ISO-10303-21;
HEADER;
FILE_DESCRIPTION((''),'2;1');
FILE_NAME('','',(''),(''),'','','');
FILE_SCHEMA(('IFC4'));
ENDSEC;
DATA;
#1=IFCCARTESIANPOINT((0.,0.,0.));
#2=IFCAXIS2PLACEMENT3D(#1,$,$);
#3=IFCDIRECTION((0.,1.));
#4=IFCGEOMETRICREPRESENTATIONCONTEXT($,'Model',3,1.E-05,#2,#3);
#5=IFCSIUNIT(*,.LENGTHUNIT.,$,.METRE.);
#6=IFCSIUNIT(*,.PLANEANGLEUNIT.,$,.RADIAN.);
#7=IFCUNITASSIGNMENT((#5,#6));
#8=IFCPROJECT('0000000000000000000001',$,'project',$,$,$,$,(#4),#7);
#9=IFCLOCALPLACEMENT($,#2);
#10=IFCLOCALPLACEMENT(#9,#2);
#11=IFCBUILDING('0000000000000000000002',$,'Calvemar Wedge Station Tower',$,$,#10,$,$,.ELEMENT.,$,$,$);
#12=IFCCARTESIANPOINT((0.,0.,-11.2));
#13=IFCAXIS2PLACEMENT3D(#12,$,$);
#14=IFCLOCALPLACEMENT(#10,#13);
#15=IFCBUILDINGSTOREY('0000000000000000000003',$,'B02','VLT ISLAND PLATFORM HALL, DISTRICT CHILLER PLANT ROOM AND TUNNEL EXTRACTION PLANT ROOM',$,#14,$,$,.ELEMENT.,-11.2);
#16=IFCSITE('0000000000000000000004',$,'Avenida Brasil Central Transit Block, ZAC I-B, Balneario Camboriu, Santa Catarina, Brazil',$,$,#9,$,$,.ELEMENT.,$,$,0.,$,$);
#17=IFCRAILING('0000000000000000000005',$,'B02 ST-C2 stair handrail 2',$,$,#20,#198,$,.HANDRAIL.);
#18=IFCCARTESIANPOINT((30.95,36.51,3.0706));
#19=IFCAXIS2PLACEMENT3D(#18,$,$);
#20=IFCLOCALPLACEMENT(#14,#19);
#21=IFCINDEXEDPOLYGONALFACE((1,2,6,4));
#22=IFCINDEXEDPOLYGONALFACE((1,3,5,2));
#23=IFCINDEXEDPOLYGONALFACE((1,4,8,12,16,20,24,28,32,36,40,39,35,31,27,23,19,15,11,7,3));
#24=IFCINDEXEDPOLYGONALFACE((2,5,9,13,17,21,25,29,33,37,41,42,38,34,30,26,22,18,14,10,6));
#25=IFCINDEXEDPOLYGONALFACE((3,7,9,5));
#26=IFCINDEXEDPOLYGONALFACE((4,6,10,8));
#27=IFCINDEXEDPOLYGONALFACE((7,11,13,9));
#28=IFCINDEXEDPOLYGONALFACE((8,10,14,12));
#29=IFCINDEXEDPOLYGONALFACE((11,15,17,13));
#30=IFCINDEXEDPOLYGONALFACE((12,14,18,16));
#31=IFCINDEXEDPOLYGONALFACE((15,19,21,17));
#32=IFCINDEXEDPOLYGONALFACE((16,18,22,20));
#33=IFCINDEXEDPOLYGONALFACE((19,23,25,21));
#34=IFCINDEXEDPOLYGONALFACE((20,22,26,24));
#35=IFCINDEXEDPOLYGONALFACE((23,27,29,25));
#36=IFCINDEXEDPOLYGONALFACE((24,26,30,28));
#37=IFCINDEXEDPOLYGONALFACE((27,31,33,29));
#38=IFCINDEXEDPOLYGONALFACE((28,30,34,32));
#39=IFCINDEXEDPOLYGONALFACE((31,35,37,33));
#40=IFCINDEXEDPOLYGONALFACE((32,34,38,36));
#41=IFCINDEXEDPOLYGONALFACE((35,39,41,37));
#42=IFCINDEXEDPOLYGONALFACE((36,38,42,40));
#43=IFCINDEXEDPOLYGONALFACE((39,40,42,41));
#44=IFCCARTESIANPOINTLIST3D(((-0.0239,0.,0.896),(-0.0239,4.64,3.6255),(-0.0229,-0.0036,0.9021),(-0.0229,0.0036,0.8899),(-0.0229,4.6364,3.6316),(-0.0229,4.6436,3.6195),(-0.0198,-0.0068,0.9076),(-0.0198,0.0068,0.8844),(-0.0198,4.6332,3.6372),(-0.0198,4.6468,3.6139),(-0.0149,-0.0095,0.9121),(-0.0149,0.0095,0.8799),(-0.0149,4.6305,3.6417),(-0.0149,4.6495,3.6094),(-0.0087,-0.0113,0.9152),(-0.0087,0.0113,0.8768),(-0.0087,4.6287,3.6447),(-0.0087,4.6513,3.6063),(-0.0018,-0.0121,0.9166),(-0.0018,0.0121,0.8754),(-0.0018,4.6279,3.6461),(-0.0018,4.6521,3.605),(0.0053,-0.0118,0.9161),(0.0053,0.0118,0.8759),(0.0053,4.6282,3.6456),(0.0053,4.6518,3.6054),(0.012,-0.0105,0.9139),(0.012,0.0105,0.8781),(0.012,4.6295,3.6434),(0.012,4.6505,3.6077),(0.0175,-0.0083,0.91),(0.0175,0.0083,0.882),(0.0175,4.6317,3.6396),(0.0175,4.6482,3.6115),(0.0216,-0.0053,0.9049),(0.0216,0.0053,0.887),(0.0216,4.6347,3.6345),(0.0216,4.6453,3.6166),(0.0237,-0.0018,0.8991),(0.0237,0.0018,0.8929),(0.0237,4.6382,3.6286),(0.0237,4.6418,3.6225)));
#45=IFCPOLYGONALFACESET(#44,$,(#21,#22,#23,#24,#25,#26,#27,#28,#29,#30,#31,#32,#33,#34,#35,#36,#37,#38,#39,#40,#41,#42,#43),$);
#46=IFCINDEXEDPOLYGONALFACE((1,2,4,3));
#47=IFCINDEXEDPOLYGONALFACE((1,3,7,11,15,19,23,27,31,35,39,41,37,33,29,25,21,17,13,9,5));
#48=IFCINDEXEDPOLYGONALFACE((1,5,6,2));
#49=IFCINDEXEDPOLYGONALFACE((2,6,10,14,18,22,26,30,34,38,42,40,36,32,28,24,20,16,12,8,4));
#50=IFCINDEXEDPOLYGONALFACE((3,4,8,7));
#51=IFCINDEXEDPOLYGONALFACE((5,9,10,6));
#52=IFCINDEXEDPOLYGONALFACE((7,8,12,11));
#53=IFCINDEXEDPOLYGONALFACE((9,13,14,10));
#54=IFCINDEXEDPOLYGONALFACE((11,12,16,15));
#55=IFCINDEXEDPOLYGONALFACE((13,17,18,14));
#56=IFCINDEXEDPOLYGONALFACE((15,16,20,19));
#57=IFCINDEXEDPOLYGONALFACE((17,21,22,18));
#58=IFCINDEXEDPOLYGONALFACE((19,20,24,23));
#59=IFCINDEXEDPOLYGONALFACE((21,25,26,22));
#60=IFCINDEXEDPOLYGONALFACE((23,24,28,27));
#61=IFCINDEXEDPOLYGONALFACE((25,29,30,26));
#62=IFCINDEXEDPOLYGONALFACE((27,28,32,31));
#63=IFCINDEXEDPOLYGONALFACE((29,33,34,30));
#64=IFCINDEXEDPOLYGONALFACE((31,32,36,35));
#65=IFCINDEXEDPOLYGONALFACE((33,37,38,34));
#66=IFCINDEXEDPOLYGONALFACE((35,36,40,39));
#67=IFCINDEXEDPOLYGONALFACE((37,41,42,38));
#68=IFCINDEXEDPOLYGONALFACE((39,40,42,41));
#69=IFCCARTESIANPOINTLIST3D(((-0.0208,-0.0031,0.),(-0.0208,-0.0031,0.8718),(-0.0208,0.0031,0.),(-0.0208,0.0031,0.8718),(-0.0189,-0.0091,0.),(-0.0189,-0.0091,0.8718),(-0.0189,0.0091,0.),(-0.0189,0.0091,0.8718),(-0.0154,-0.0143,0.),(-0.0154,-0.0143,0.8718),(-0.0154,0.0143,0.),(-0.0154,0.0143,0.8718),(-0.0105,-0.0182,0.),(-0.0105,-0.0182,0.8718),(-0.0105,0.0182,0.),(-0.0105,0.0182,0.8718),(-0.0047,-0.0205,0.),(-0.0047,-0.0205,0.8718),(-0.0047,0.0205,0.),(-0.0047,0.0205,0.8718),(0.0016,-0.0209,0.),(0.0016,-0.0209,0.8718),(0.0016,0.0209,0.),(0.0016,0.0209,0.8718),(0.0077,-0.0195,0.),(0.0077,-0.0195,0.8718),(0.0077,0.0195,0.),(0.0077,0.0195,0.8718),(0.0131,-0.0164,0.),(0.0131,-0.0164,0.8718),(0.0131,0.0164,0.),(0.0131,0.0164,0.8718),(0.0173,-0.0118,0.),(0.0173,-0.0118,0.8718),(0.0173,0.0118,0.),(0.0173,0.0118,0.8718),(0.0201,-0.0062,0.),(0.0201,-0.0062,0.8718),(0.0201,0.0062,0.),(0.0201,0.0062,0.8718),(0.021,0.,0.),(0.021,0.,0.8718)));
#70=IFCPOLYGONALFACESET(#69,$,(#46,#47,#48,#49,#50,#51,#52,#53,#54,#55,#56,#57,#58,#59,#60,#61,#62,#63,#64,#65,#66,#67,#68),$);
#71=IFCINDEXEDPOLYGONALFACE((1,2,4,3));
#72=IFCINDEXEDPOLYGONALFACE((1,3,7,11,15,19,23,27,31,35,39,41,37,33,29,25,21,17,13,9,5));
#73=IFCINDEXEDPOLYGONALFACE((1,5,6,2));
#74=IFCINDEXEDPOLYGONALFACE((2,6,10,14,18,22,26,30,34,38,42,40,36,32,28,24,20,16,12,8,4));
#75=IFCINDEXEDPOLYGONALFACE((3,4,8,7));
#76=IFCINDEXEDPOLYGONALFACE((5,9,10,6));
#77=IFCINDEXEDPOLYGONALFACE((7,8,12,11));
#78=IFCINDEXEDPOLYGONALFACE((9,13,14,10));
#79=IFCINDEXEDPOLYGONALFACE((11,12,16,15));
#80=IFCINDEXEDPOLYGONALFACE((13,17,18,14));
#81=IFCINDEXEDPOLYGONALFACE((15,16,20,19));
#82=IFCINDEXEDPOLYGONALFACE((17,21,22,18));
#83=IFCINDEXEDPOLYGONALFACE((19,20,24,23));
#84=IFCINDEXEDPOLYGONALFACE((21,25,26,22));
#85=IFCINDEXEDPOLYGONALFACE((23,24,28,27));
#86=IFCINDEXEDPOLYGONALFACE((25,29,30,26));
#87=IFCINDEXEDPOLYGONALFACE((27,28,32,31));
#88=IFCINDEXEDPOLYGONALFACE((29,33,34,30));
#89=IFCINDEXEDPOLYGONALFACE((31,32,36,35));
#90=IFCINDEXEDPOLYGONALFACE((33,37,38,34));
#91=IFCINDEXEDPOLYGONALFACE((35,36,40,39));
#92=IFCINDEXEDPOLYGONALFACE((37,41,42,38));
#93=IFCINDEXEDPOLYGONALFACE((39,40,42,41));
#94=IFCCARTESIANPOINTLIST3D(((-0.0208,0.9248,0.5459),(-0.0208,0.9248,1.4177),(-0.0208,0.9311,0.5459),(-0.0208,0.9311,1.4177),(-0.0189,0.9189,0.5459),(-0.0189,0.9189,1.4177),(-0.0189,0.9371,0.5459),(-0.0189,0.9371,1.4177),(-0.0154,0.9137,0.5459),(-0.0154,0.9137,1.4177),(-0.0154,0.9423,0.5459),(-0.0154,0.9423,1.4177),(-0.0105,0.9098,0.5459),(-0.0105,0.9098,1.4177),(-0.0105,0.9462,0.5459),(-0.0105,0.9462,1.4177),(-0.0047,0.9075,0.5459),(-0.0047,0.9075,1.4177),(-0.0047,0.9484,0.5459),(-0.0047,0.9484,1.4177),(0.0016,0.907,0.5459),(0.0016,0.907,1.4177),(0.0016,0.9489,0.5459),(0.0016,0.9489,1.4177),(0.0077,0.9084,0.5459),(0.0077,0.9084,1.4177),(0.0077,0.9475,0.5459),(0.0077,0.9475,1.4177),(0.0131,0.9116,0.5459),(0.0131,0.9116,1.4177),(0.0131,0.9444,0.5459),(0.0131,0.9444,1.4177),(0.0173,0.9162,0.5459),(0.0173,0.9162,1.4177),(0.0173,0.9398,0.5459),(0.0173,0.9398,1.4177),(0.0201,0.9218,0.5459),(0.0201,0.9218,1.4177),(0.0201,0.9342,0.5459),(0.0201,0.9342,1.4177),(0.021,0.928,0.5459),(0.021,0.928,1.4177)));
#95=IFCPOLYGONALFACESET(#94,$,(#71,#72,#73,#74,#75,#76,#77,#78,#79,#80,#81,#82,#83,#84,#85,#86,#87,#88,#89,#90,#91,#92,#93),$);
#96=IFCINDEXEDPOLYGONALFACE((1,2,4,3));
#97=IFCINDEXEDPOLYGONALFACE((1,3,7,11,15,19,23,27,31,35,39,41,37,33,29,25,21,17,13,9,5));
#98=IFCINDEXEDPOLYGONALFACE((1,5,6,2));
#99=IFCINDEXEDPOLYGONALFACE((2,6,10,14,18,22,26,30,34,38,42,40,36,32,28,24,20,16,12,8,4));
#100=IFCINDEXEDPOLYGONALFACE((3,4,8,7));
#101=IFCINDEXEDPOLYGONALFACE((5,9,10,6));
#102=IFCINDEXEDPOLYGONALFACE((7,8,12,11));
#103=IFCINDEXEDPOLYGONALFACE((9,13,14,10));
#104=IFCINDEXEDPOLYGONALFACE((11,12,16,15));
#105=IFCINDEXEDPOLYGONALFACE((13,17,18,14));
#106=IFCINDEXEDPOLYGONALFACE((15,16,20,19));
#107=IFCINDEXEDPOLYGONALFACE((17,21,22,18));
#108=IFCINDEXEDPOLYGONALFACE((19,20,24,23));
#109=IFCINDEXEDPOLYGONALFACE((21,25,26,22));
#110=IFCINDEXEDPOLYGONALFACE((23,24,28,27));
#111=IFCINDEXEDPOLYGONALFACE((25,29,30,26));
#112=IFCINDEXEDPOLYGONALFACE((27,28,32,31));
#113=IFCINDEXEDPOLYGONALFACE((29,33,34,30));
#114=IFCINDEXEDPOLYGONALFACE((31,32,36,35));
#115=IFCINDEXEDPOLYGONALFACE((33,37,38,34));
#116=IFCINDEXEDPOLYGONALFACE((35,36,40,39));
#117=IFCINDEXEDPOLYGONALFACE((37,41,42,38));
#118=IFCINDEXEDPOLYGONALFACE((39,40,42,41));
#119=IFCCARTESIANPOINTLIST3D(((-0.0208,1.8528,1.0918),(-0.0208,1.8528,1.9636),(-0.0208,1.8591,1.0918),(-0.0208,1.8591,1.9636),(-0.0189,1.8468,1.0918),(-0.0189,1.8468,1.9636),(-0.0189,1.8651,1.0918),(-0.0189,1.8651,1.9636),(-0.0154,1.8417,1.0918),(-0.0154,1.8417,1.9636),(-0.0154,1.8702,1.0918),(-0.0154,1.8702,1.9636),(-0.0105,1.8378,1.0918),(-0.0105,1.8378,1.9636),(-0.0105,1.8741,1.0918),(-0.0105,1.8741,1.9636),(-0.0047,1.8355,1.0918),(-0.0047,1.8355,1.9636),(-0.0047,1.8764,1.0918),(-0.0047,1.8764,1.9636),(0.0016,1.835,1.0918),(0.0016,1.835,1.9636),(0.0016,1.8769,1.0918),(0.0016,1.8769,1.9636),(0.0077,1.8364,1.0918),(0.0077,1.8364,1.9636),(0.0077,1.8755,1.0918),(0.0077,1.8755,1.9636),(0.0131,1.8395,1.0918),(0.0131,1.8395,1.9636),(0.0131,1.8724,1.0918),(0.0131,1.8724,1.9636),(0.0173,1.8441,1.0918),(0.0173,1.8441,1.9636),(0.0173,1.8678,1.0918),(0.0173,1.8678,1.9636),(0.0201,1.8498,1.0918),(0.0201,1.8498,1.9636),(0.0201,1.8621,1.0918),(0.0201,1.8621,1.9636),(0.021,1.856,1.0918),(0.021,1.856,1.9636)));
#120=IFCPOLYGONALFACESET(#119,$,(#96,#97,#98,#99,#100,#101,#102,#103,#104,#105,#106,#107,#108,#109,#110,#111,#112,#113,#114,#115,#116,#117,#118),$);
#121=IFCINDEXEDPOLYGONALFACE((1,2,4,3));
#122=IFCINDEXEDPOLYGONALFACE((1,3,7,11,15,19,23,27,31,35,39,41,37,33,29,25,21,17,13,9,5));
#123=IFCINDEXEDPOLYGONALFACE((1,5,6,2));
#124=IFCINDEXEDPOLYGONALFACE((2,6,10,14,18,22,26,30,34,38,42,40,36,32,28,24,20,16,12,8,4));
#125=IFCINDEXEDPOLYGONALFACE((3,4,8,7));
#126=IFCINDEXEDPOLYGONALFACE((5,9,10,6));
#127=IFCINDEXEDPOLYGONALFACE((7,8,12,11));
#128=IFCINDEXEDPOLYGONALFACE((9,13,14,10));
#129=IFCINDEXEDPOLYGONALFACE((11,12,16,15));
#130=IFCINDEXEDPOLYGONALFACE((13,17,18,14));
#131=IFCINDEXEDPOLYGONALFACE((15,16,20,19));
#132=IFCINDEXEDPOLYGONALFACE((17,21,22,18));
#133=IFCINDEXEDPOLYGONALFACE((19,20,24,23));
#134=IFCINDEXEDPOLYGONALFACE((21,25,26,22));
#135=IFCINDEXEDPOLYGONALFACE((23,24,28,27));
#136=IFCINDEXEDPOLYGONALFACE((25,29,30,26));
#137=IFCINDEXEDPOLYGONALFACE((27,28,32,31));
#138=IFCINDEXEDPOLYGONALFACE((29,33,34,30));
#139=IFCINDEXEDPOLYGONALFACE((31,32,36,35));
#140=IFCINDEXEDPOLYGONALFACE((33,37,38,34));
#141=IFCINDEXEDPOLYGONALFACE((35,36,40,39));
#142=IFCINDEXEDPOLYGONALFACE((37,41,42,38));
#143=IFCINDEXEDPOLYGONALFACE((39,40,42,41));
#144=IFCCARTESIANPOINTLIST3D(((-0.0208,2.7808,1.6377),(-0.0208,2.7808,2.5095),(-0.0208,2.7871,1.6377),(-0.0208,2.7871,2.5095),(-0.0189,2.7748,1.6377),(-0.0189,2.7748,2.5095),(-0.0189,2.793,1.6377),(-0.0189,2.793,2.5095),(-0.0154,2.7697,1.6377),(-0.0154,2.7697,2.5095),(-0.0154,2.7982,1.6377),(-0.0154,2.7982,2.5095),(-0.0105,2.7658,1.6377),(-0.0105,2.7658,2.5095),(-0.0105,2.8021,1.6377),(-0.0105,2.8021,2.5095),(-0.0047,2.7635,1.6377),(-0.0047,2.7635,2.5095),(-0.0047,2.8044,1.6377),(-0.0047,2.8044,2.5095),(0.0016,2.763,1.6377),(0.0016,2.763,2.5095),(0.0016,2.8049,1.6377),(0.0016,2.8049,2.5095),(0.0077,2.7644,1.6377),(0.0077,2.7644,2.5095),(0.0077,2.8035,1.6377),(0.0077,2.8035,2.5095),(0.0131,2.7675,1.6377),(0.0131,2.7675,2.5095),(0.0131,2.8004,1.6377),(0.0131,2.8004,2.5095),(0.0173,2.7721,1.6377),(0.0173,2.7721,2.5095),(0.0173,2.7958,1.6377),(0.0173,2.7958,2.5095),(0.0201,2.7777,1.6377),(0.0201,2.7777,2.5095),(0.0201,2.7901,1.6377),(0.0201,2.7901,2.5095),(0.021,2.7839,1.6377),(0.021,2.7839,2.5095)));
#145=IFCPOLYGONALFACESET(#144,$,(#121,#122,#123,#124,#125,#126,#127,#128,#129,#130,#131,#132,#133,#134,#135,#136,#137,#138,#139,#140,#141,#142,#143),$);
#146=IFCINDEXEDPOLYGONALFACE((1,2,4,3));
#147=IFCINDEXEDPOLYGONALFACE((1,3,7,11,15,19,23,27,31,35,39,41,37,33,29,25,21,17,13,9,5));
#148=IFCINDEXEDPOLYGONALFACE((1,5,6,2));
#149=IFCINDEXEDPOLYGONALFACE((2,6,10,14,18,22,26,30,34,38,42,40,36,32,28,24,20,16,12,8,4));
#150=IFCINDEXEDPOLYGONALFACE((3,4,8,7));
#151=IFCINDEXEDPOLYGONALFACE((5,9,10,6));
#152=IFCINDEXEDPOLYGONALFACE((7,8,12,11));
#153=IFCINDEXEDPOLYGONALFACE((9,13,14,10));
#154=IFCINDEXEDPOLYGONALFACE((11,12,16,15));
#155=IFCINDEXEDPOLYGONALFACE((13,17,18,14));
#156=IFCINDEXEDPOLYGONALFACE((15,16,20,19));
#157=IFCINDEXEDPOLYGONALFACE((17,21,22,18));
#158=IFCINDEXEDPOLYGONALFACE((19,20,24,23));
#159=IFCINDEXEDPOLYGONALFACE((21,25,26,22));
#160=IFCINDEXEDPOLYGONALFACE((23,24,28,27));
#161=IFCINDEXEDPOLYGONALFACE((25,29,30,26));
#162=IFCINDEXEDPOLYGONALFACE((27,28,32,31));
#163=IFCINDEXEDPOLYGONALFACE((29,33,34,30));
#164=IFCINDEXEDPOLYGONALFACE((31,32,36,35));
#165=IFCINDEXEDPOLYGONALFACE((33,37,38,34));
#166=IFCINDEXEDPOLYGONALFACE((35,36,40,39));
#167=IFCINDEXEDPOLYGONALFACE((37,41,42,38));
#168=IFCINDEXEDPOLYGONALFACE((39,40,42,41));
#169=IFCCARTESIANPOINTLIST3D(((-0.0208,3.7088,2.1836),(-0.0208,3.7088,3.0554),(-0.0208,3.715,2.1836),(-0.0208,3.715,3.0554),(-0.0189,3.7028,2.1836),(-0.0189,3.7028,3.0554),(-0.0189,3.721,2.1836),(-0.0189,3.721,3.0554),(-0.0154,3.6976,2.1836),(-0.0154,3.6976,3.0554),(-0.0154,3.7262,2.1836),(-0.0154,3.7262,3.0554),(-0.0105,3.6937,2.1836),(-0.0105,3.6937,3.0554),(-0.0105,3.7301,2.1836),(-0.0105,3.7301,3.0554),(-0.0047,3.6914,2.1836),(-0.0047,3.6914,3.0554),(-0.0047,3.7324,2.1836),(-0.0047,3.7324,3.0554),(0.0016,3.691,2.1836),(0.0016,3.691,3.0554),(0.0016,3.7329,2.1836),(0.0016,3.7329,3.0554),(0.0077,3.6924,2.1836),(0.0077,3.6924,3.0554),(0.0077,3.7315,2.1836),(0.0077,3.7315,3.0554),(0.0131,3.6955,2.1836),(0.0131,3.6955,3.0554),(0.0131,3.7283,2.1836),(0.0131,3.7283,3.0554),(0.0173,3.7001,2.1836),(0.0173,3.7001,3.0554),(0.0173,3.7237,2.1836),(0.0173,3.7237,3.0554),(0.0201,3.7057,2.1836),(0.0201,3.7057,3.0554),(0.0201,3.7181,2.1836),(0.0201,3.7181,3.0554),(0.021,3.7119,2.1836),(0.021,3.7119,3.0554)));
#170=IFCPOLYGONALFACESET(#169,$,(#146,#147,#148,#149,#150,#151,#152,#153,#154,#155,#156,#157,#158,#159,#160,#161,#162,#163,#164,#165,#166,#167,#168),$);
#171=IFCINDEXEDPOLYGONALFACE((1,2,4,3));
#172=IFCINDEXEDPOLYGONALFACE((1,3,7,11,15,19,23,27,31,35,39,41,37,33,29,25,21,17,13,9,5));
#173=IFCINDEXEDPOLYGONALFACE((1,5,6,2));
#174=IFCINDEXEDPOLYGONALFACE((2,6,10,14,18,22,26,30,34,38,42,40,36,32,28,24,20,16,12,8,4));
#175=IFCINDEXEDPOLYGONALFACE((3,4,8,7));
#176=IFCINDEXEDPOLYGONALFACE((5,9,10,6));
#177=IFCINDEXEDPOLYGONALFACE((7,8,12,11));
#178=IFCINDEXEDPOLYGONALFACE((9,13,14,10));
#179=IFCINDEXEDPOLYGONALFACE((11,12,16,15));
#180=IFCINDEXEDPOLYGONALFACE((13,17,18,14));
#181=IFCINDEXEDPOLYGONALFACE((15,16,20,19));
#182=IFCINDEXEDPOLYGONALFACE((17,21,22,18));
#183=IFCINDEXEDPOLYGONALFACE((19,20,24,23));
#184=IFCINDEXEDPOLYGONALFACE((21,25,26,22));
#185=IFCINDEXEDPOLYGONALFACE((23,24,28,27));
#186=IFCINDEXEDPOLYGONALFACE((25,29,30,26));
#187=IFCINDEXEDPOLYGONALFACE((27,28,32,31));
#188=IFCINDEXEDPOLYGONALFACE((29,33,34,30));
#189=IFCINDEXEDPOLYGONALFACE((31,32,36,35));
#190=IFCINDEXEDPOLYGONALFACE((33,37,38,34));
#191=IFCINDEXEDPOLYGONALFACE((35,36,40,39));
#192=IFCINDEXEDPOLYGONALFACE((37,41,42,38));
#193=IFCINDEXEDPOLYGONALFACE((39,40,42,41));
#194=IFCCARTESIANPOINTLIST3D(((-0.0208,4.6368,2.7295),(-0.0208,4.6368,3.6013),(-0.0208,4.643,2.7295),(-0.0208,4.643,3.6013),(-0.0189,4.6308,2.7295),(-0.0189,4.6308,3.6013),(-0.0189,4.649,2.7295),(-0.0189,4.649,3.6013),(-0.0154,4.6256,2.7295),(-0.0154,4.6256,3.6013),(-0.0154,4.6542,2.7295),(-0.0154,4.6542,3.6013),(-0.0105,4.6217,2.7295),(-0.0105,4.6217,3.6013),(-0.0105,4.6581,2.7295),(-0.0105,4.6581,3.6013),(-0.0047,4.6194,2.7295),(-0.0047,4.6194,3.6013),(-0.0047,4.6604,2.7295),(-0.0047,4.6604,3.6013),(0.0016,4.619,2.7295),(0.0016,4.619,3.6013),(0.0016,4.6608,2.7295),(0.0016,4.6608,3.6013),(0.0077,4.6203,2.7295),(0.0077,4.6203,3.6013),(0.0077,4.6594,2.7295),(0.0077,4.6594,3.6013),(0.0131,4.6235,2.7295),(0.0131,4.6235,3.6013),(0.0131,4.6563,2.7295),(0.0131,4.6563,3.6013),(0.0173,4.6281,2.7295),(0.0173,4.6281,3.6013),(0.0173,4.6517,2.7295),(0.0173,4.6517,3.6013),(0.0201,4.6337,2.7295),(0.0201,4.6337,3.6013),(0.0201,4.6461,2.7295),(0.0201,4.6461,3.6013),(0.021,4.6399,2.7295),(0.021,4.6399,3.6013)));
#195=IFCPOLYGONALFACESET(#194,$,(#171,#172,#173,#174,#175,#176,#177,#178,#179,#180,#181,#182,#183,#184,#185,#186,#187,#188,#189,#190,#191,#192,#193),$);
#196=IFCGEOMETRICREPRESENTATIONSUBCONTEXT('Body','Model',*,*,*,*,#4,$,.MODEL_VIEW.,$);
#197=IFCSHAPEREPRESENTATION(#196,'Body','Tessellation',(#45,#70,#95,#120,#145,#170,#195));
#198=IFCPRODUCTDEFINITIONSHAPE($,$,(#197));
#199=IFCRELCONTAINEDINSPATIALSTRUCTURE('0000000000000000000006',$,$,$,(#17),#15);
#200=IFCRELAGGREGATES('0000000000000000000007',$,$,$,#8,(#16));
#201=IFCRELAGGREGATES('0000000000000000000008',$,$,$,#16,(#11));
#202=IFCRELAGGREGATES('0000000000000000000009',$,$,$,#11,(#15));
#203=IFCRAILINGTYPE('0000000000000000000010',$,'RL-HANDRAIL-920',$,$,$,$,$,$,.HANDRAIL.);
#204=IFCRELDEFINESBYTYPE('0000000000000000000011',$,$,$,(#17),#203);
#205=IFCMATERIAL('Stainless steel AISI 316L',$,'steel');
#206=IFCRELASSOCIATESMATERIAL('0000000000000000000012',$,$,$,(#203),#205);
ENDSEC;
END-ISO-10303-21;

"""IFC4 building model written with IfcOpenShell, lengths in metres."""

from ifc_helpers import new_model, si_unit, direction, frame, origin, origin_2d, place, context, subcontext, project, spatial, circle, extrude, material, type_object, element, save


model = new_model("IFC4")

# Units and contexts
model_context = context("Model", 3, precision=1e-05, world=origin(), true_north=direction((0.0, 1.0)))
body_context = subcontext(model_context, "Body", "Model", "MODEL_VIEW")
ifc_project = project(units=[si_unit("LENGTHUNIT", "METRE"), si_unit("PLANEANGLEUNIT", "RADIAN")], contexts=[model_context])

# Site, building, storey
site_placement = place(None, origin())
site = spatial("IfcSite", under=ifc_project, at=site_placement, Name="Avenida Brasil Central Transit Block, ZAC I-B, Balneario Camboriu, Santa Catarina, Brazil", CompositionType="ELEMENT", RefElevation=0.0)
building_placement = place(site_placement, origin())
building = spatial("IfcBuilding", under=site, at=building_placement, Name="Calvemar Wedge Station Tower", CompositionType="ELEMENT")
storey_placement = place(building_placement, frame((0.0, 0.0, -11.2)))
storey = spatial("IfcBuildingStorey", under=building, at=storey_placement, Name="B02", Description="VLT ISLAND PLATFORM HALL, DISTRICT CHILLER PLANT ROOM AND TUNNEL EXTRACTION PLANT ROOM", CompositionType="ELEMENT", Elevation=-11.2)

# Railing
ifc_material_1 = material(Name="Stainless steel AISI 316L", Category="steel")
railing_type_1 = type_object("IfcRailingType", Name="RL-HANDRAIL-920", PredefinedType="HANDRAIL", material=ifc_material_1)
railing_1_placement = place(storey_placement, frame((30.95, 36.51, 3.0706)))
element("IfcRailing", 1, at=railing_1_placement, inside=storey, type_object=railing_type_1, Name="B02 ST-C2 stair handrail 2", PredefinedType="HANDRAIL", context=body_context, shape_type="SweptSolid", body=[
    extrude(circle(Radius=0.0239, at=origin_2d()), frame((0.0, 0.0, 0.896), z_axis=(0.0, 0.861923, 0.50704), x_axis=(-1.0, 0.0, 0.0)), (0.0, 0.0, 1.0), 5.3833),
    extrude(circle(Radius=0.021, at=origin_2d()), origin(), (0.0, 0.0, 1.0), 0.8718),
    extrude(circle(Radius=0.021, at=origin_2d()), frame((0.0, 0.928, 0.5459)), (0.0, 0.0, 1.0), 0.8718),
    extrude(circle(Radius=0.021, at=origin_2d()), frame((0.0, 1.856, 1.0918)), (0.0, 0.0, 1.0), 0.8718),
    extrude(circle(Radius=0.021, at=origin_2d()), frame((0.0, 2.7839, 1.6377)), (0.0, 0.0, 1.0), 0.8718),
    extrude(circle(Radius=0.021, at=origin_2d()), frame((0.0, 3.7119, 2.1836)), (0.0, 0.0, 1.0), 0.8718),
    extrude(circle(Radius=0.021, at=origin_2d()), frame((0.0, 4.6399, 2.7295)), (0.0, 0.0, 1.0), 0.8718),
])

save(model, "model.ifc")
